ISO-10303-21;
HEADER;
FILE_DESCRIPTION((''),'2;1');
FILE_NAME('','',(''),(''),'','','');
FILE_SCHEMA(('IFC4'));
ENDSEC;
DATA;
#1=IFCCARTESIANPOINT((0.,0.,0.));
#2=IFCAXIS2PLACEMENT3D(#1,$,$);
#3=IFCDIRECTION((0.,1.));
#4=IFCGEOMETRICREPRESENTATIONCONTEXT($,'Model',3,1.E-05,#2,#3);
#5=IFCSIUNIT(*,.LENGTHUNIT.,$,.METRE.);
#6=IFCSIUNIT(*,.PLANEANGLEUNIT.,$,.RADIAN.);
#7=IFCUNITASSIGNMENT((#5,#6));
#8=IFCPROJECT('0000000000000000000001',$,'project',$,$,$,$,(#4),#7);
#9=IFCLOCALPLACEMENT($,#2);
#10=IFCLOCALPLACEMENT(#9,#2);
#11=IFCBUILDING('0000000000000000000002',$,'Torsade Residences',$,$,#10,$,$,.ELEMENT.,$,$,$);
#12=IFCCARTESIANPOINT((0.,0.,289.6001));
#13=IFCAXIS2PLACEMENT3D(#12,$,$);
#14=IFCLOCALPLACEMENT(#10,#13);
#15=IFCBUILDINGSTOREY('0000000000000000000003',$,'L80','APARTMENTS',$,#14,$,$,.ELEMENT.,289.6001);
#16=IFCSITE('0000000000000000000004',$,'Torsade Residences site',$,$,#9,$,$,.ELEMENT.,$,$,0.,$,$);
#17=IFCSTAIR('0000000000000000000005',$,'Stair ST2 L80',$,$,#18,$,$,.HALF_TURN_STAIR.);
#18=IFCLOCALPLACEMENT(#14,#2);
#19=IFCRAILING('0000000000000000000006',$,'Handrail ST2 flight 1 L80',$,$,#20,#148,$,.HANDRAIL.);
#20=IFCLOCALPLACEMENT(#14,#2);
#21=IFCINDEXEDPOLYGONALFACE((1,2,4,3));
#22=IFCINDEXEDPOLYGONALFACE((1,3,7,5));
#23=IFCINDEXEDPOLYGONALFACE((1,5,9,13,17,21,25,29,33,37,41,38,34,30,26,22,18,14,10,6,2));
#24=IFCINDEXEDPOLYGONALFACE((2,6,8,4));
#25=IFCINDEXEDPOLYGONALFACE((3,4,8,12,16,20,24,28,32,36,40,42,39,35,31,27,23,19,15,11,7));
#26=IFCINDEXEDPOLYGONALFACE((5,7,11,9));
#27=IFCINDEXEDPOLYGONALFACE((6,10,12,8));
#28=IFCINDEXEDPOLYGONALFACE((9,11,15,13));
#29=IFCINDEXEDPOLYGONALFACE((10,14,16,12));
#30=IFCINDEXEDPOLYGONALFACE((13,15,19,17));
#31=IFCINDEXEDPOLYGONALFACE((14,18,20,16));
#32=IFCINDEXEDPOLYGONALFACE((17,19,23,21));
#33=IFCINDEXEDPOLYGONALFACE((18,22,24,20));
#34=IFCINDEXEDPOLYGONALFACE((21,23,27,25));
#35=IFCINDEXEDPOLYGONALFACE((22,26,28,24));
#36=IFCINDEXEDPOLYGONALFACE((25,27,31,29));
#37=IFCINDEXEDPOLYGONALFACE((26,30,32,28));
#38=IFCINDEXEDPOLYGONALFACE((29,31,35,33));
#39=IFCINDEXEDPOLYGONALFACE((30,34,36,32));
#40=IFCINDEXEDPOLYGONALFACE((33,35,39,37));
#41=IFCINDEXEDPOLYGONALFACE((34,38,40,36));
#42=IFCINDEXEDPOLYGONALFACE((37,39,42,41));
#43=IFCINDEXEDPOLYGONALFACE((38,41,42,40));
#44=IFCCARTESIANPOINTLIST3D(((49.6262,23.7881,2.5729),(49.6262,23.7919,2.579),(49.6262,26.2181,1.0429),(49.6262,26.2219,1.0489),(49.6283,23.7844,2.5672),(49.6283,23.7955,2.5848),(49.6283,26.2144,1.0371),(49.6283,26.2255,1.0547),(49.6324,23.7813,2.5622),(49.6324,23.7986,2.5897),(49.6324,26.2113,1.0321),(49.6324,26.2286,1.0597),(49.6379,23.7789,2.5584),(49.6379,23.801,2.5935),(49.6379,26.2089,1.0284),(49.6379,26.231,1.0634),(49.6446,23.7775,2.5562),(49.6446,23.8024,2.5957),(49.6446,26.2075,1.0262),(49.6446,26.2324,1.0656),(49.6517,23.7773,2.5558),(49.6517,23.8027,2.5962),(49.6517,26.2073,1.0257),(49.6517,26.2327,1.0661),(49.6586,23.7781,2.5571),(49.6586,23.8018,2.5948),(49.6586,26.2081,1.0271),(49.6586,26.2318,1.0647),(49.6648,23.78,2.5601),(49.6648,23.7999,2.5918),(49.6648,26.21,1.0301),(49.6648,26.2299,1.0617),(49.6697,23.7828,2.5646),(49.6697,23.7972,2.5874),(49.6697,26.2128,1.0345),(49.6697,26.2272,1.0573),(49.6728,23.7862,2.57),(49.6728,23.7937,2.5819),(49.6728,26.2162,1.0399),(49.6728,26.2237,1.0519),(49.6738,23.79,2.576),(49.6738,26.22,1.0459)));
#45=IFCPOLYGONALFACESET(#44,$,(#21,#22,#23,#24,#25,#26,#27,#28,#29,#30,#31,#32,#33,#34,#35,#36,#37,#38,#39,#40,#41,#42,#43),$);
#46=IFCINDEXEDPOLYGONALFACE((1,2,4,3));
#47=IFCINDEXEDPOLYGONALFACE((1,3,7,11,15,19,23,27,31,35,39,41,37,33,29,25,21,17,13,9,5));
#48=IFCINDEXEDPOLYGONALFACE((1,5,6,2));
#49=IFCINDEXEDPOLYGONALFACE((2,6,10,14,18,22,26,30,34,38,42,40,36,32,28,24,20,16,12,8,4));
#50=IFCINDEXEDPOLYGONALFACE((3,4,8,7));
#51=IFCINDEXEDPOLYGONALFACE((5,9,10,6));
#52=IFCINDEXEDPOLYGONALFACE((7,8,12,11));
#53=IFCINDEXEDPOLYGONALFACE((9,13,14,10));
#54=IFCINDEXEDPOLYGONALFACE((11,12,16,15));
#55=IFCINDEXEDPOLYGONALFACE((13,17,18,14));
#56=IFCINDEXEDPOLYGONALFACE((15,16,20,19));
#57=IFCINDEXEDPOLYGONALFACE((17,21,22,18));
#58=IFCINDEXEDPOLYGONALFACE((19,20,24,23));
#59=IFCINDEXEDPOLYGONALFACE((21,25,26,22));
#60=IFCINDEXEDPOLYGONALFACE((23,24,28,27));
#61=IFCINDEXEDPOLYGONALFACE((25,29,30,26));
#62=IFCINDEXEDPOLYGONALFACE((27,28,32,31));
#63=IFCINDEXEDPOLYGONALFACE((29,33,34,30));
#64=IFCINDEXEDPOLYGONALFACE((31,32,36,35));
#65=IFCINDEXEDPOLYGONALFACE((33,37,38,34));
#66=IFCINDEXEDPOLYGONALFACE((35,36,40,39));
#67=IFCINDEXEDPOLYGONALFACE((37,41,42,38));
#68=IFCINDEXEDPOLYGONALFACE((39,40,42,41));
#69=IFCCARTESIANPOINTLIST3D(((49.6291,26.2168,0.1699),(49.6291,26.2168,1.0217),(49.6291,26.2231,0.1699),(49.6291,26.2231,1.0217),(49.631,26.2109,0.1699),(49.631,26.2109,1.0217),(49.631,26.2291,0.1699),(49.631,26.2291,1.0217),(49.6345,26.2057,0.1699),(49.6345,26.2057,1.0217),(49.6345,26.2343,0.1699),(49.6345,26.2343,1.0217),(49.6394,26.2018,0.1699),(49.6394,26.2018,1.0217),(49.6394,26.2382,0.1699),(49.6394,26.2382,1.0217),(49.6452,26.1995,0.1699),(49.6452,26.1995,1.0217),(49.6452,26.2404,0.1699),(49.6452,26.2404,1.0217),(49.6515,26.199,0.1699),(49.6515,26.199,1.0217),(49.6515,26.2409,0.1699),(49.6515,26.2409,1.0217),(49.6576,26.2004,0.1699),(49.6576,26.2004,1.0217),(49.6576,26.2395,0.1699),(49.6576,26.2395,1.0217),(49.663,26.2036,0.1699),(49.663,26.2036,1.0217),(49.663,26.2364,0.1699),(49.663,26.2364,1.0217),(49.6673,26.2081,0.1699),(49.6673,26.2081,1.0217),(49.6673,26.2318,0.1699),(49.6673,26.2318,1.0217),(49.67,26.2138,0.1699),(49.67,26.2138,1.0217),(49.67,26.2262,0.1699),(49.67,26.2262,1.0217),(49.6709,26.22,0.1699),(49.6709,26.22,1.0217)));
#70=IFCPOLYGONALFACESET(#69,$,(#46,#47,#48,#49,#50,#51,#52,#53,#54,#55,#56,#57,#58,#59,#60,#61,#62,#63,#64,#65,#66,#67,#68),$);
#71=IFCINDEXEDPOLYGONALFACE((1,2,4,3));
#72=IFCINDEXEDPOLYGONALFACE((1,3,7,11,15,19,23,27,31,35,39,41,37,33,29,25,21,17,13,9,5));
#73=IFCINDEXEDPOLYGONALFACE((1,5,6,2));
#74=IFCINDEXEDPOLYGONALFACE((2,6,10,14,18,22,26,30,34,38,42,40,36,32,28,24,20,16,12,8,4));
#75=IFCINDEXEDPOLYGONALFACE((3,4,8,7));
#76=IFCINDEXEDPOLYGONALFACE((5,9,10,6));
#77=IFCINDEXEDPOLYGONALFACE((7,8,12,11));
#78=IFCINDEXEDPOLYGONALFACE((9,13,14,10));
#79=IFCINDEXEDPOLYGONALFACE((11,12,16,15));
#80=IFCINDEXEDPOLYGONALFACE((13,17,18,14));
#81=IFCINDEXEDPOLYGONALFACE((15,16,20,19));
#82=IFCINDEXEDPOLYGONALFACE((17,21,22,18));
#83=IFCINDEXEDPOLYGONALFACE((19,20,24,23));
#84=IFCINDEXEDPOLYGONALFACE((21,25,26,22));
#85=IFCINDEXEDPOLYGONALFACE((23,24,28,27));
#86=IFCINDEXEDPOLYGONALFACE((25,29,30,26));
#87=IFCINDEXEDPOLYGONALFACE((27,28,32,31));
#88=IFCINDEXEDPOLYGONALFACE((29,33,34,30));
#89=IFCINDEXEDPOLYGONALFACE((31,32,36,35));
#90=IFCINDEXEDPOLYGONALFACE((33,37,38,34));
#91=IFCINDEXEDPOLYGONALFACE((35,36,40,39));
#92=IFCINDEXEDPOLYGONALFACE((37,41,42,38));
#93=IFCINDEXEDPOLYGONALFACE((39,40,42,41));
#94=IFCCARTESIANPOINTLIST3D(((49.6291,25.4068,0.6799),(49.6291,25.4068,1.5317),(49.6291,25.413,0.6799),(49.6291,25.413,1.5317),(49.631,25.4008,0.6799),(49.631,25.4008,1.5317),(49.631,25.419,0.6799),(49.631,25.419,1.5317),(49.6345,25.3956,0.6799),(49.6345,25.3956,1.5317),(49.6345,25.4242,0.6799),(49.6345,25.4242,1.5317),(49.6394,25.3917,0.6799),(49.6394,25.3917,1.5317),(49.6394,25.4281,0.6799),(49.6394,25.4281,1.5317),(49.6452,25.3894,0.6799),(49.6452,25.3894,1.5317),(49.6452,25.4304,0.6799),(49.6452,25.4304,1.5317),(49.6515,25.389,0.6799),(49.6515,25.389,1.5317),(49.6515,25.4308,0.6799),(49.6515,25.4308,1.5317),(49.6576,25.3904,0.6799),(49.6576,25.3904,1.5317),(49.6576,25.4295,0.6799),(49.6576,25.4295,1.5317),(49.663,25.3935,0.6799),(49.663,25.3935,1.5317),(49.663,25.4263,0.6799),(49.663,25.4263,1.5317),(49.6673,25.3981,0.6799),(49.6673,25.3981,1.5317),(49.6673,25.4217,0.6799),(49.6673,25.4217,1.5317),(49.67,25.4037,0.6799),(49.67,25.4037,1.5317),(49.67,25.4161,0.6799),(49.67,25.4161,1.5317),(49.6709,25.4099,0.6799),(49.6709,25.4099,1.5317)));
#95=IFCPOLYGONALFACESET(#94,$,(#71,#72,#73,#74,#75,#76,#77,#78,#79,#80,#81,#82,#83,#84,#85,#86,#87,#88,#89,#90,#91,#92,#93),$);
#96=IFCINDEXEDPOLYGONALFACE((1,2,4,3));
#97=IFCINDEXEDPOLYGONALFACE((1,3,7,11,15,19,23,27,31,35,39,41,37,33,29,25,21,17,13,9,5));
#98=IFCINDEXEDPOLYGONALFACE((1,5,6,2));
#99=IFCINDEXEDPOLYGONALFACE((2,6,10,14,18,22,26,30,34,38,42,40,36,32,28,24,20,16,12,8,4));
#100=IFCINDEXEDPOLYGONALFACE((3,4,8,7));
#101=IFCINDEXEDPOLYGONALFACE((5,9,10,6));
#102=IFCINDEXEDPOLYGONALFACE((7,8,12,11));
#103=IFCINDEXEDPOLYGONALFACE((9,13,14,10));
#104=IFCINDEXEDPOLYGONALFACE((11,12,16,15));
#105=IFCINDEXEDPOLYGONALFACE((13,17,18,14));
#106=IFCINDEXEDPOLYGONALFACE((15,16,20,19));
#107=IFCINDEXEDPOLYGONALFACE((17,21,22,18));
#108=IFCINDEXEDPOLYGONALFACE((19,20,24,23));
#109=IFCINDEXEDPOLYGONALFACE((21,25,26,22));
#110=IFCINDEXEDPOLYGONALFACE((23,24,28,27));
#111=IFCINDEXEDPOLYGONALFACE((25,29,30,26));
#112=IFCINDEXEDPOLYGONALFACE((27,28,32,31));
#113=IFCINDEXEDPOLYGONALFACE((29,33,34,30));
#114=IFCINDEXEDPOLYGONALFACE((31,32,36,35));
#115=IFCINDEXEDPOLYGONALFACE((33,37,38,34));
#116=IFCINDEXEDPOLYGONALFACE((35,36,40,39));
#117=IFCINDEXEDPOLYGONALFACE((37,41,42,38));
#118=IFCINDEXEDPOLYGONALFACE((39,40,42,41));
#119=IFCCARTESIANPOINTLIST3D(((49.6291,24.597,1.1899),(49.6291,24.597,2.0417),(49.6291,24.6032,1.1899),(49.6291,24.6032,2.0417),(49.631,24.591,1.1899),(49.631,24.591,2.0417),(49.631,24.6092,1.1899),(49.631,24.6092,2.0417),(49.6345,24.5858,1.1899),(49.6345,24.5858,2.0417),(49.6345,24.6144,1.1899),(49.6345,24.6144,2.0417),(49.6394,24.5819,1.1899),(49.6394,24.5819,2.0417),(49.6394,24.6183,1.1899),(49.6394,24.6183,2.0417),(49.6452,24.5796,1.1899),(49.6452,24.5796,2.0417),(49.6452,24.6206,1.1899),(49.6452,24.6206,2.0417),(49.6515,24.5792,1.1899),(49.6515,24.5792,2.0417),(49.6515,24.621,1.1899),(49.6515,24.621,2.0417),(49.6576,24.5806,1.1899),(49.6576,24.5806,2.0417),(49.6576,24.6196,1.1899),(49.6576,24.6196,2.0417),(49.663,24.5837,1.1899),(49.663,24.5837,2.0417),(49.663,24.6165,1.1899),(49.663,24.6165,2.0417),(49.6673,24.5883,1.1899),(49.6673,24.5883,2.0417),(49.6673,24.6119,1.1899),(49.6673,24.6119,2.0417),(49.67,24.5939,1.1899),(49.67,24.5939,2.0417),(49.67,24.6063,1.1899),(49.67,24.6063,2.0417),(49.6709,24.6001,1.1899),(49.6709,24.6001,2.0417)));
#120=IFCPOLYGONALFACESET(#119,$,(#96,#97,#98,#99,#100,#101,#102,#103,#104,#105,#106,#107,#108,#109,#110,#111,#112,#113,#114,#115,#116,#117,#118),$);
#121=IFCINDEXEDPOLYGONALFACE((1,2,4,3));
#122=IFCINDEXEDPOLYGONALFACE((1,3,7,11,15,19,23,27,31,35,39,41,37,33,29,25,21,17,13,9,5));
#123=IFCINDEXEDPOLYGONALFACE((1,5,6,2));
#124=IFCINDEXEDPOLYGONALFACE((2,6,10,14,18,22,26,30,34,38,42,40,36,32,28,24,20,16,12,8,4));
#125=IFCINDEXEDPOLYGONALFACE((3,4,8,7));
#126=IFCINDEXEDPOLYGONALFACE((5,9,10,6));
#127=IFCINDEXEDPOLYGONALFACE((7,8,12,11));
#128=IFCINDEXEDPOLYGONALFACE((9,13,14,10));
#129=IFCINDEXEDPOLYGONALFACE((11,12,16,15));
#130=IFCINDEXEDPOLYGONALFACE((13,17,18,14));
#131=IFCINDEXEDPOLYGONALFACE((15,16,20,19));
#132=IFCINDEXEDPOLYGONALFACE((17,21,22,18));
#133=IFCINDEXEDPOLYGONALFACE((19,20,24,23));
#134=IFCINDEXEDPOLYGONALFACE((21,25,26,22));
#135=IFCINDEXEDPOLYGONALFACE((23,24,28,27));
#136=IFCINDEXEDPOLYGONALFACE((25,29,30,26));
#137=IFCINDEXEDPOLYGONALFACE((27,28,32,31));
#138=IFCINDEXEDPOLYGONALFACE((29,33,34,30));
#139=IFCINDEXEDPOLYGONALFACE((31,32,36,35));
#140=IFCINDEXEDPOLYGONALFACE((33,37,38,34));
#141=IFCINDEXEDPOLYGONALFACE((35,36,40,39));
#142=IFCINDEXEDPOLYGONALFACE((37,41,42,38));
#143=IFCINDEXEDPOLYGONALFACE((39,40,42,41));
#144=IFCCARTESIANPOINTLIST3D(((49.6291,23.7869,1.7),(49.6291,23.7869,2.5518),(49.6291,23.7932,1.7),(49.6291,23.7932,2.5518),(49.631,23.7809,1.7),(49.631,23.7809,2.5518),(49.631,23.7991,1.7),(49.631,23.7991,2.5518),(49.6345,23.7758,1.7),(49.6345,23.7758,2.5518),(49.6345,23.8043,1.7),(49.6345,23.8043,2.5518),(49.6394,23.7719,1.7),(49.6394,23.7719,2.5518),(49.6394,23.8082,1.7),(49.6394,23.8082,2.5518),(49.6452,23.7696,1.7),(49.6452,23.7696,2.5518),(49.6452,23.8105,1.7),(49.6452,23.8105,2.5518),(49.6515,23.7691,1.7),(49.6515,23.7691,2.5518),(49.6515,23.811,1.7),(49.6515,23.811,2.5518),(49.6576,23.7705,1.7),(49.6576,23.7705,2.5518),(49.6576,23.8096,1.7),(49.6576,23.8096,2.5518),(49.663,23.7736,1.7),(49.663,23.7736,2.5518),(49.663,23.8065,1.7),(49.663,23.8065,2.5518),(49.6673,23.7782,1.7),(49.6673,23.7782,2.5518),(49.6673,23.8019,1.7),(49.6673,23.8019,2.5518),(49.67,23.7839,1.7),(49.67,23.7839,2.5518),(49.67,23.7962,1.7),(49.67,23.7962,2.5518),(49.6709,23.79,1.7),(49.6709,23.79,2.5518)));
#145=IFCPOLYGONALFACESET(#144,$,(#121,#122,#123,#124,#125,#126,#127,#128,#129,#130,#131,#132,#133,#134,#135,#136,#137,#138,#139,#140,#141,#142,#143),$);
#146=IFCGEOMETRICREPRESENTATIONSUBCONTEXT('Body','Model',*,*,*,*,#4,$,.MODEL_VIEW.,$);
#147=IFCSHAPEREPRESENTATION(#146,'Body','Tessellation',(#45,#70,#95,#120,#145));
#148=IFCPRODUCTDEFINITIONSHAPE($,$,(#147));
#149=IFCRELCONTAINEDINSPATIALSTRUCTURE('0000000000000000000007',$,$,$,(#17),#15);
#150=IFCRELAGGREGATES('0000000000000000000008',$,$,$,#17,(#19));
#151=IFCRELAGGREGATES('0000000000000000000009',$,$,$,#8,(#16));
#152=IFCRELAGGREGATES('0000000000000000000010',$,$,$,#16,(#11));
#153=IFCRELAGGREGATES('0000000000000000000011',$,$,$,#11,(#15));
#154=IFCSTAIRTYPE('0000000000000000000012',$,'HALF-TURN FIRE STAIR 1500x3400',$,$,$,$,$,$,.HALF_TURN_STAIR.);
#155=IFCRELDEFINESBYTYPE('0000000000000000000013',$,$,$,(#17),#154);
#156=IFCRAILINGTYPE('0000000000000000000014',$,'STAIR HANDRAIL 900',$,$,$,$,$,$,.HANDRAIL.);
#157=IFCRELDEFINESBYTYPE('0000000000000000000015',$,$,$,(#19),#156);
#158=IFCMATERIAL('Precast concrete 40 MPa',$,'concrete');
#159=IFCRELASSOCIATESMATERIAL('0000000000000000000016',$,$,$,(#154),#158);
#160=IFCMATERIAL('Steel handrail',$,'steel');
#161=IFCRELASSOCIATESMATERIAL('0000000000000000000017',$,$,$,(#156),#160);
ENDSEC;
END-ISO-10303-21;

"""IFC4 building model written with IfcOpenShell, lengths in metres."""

from ifc_helpers import new_model, si_unit, direction, frame, origin, origin_2d, place, context, subcontext, project, spatial, circle, extrude, material, type_object, element, aggregate, save


model = new_model("IFC4")

# Units and contexts
model_context = context("Model", 3, precision=1e-05, world=origin(), true_north=direction((0.0, 1.0)))
body_context = subcontext(model_context, "Body", "Model", "MODEL_VIEW")
ifc_project = project(units=[si_unit("LENGTHUNIT", "METRE"), si_unit("PLANEANGLEUNIT", "RADIAN")], contexts=[model_context])

# Site, building, storey
site_placement = place(None, origin())
site = spatial("IfcSite", under=ifc_project, at=site_placement, Name="Torsade Residences site", CompositionType="ELEMENT", RefElevation=0.0)
building_placement = place(site_placement, origin())
building = spatial("IfcBuilding", under=site, at=building_placement, Name="Torsade Residences", CompositionType="ELEMENT")
storey_placement = place(building_placement, frame((0.0, 0.0, 289.6001)))
storey = spatial("IfcBuildingStorey", under=building, at=storey_placement, Name="L80", Description="APARTMENTS", CompositionType="ELEMENT", Elevation=289.6001)

# Stair, railing
ifc_material_1 = material(Name="Precast concrete 40 MPa", Category="concrete")
stair_type = type_object("IfcStairType", Name="HALF-TURN FIRE STAIR 1500x3400", PredefinedType="HALF_TURN_STAIR", material=ifc_material_1)
stair_placement = place(storey_placement, origin())
stair = element("IfcStair", 1, at=stair_placement, inside=storey, type_object=stair_type, Name="Stair ST2 L80", PredefinedType="HALF_TURN_STAIR")
ifc_material_2 = material(Name="Steel handrail", Category="steel")
railing_type = type_object("IfcRailingType", Name="STAIR HANDRAIL 900", PredefinedType="HANDRAIL", material=ifc_material_2)
railing_1_placement = place(storey_placement, frame((49.6499, 26.22, 0.1699)))
railing_1 = element("IfcRailing", 2, at=railing_1_placement, type_object=railing_type, Name="Handrail ST2 flight 1 L80", PredefinedType="HANDRAIL", context=body_context, shape_type="SweptSolid", body=[
    extrude(circle(Radius=0.0239, at=origin_2d()), frame((0.0, 0.0, 0.876), z_axis=(0.0, -0.846221, 0.532831), x_axis=(1.0, 0.0, 0.0)), (0.0, 0.0, 1.0), 2.8716),
    extrude(circle(Radius=0.021, at=origin_2d()), origin(), (0.0, 0.0, 1.0), 0.8518),
    extrude(circle(Radius=0.021, at=origin_2d()), frame((0.0, -0.8101, 0.51)), (0.0, 0.0, 1.0), 0.8518),
    extrude(circle(Radius=0.021, at=origin_2d()), frame((0.0, -1.6199, 1.02)), (0.0, 0.0, 1.0), 0.8518),
    extrude(circle(Radius=0.021, at=origin_2d()), frame((0.0, -2.4299, 1.53)), (0.0, 0.0, 1.0), 0.8518),
])
aggregate(stair, [railing_1])

save(model, "model.ifc")
